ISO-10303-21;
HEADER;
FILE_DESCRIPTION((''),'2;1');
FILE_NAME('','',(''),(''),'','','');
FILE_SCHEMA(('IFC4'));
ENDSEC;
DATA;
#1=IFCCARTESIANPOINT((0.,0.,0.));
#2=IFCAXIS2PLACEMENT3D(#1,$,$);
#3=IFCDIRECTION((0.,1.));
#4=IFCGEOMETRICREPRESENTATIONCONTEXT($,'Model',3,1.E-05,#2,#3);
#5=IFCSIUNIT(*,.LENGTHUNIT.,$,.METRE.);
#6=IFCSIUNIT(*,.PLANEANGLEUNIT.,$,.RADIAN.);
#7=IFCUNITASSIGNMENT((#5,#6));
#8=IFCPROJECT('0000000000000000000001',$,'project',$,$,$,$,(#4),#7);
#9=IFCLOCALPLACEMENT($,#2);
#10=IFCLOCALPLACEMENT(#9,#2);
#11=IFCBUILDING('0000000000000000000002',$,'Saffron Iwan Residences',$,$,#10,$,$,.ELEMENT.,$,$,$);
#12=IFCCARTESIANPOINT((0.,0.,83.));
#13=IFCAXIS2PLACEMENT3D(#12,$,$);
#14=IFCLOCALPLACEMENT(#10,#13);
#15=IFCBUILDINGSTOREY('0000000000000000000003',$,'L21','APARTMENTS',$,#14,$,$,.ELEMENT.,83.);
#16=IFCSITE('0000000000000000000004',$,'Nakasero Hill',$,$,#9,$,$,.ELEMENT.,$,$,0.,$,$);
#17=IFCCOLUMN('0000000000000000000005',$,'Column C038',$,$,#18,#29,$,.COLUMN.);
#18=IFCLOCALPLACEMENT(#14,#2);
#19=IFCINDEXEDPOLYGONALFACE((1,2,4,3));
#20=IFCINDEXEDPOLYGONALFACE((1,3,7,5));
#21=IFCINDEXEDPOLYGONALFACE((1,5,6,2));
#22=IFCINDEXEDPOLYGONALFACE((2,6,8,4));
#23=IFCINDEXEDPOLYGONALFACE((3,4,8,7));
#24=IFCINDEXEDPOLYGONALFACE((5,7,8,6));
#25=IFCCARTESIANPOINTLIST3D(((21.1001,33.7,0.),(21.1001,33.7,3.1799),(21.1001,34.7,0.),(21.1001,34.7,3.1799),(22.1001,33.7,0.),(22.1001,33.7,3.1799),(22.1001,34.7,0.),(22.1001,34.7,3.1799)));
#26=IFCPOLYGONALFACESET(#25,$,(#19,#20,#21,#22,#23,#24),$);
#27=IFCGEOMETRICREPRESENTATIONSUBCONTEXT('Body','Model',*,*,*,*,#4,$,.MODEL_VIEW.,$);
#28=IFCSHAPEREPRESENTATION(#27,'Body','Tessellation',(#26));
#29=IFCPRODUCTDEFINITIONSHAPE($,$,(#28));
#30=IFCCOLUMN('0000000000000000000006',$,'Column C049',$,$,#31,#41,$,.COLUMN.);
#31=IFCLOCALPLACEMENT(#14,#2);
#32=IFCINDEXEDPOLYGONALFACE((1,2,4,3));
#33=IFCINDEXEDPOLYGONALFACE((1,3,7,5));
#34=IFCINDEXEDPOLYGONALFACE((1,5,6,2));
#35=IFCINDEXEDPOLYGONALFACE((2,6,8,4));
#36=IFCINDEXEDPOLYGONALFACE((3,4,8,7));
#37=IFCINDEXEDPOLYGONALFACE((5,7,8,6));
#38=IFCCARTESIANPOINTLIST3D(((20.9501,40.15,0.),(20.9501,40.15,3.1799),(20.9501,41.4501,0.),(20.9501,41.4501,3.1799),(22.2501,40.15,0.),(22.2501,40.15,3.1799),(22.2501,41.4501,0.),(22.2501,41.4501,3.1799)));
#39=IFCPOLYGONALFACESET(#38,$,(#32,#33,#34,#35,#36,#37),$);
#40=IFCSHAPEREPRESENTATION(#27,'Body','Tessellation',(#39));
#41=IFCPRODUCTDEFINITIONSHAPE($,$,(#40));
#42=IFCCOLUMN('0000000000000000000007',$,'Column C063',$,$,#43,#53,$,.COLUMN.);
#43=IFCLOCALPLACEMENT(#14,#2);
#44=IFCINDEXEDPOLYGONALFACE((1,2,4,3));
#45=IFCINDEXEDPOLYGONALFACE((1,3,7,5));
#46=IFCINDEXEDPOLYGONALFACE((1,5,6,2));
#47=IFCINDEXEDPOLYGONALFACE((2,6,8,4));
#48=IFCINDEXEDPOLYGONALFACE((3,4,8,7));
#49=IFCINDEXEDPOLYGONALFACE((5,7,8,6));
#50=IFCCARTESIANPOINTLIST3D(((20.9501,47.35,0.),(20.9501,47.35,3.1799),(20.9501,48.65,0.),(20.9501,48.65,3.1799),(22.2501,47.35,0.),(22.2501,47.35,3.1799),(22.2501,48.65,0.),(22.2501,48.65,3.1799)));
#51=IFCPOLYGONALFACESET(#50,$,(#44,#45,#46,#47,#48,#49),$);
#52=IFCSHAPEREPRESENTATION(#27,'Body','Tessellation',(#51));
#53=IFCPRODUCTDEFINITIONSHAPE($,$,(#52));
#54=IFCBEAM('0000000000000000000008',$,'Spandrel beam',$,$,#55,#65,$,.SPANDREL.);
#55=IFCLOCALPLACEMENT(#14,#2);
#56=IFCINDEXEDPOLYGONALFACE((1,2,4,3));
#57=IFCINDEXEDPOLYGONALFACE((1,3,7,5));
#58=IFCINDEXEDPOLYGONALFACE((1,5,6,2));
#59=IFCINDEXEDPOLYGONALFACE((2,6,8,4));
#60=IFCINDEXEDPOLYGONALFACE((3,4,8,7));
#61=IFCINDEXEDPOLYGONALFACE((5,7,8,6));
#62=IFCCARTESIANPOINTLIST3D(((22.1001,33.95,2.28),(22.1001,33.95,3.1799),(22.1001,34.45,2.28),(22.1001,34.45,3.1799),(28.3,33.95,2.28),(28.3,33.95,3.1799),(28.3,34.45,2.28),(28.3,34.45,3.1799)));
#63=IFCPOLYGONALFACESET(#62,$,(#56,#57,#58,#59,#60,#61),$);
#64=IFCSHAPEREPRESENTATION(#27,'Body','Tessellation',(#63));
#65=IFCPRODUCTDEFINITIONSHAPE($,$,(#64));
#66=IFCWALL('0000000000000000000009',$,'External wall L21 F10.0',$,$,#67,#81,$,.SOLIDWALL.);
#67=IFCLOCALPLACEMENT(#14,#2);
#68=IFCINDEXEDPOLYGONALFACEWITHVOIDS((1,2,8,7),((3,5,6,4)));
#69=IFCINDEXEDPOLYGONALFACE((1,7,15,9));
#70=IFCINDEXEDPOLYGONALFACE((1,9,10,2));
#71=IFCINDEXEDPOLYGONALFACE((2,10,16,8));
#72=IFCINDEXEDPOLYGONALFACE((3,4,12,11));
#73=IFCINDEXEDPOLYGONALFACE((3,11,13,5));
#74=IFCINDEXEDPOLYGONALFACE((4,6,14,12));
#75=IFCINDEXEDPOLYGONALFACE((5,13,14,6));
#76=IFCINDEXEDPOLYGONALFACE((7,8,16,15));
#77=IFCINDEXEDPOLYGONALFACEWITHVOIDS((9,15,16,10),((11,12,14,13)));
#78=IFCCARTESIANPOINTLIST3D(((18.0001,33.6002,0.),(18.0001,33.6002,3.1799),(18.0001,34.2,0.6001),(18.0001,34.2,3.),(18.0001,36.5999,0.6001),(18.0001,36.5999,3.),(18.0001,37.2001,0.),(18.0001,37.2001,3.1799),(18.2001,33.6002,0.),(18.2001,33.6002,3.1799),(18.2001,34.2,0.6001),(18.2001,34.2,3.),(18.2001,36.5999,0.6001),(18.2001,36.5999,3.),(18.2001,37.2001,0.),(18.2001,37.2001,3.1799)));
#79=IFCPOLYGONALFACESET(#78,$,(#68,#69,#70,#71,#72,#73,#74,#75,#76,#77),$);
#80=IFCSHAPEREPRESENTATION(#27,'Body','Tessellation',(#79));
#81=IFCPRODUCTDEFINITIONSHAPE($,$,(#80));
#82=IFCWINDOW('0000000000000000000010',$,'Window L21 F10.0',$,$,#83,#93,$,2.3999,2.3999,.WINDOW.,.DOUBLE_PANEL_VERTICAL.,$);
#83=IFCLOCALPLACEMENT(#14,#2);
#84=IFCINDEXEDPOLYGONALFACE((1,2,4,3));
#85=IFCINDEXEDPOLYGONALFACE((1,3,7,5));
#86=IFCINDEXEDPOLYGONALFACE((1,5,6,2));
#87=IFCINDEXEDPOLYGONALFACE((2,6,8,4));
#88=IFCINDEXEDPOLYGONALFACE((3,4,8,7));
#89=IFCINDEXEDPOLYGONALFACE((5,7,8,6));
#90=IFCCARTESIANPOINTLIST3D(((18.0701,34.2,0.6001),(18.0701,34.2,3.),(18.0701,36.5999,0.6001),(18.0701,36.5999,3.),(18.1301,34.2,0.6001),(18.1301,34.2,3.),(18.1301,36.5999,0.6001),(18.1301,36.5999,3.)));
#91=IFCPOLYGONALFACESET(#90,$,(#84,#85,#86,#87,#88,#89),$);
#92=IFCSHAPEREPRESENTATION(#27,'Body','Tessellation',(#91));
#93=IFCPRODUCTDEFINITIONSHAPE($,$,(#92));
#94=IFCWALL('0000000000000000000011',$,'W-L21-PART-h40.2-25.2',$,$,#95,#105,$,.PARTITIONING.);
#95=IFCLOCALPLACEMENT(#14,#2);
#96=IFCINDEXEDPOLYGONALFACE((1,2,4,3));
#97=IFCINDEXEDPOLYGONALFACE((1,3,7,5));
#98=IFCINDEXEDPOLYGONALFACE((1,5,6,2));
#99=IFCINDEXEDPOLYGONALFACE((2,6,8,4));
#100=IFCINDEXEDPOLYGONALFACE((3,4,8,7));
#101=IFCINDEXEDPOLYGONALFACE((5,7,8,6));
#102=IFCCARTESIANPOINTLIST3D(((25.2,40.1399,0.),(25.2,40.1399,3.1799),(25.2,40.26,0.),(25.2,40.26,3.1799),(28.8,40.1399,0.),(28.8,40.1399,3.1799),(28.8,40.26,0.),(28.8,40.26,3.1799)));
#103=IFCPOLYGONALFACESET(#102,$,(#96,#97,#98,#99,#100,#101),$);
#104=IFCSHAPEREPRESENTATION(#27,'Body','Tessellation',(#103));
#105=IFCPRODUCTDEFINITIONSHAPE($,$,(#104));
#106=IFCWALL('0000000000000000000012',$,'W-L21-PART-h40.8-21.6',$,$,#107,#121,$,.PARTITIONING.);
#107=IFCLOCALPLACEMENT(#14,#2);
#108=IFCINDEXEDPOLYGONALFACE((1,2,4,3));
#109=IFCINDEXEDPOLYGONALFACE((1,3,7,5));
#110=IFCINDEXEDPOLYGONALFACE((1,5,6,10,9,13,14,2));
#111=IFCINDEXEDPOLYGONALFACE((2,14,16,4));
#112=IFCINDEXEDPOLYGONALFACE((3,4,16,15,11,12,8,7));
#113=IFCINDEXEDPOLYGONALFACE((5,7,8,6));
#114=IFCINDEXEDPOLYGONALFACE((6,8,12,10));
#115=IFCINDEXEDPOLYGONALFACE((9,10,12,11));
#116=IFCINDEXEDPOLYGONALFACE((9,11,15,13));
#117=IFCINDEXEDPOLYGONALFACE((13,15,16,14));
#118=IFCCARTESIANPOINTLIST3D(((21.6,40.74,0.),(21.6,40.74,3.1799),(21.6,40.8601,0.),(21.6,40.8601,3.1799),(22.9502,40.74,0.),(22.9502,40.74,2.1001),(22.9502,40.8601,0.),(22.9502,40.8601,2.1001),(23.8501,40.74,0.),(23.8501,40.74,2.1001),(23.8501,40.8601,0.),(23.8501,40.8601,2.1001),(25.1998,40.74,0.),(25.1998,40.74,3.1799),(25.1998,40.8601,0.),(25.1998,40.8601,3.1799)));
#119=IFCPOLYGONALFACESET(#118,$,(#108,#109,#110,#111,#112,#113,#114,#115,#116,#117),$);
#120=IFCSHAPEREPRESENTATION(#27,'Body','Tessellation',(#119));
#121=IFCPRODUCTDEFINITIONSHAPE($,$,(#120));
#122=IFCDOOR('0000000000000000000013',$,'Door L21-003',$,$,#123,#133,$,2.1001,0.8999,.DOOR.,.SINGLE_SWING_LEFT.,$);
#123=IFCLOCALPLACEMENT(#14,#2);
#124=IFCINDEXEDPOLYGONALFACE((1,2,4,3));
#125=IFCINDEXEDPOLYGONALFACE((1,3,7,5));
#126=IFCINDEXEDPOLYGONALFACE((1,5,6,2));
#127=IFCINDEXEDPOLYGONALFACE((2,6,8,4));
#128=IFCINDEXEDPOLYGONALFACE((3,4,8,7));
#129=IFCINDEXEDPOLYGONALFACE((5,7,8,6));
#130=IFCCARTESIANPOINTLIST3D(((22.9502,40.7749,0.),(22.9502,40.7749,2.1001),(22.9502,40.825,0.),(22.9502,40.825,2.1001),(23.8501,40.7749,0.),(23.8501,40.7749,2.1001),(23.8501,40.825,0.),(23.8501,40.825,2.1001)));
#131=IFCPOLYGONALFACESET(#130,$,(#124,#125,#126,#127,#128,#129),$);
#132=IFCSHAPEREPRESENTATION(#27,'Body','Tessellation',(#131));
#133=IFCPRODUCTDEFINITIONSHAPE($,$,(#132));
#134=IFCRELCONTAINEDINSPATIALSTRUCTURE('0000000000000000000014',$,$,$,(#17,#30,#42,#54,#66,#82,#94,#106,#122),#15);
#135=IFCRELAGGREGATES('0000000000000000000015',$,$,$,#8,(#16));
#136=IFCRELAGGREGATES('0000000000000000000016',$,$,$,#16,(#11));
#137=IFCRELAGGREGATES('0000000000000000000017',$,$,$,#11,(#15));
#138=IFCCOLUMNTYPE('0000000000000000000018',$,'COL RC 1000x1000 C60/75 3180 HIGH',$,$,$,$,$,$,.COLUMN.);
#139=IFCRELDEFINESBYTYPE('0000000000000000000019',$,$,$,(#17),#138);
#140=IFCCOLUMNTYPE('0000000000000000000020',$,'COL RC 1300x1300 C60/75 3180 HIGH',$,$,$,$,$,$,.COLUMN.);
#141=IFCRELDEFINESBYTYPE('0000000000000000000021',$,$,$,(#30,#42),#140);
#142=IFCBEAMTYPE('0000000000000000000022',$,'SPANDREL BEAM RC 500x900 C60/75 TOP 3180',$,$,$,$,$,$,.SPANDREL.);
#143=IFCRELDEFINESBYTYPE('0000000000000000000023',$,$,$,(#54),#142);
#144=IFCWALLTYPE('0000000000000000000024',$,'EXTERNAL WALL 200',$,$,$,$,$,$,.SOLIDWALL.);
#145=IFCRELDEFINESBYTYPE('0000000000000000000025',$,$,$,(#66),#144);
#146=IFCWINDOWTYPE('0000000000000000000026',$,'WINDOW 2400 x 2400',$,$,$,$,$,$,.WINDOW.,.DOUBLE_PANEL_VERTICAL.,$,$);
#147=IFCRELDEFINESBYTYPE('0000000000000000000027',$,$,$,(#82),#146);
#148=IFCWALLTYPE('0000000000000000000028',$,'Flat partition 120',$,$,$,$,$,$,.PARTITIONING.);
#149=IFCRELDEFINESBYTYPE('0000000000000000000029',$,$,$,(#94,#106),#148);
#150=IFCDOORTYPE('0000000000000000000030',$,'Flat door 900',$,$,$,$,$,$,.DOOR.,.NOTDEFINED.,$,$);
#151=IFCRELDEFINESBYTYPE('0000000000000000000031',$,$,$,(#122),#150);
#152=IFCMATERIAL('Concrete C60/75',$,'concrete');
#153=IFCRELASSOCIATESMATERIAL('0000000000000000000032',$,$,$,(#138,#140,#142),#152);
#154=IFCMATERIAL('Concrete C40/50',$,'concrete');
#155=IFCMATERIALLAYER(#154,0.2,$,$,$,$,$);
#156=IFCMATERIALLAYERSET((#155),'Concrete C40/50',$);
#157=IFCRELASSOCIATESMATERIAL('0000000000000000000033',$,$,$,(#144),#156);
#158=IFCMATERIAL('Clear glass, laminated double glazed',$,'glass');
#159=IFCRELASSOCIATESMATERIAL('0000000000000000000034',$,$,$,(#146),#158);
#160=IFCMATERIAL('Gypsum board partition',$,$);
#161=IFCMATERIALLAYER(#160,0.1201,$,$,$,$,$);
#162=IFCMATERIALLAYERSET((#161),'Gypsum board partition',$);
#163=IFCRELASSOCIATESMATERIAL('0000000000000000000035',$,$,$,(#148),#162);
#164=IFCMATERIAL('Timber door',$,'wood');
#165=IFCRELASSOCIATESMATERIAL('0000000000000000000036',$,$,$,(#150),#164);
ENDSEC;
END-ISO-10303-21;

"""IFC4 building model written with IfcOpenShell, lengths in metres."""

from ifc_helpers import new_model, si_unit, direction, frame, frame_2d, origin, origin_2d, place, context, subcontext, project, spatial, rectangle, extrude, source, transform, mapped, material, layer, layer_set, material_profile, profile_set, type_object, element, fill, save


model = new_model("IFC4")

# Units and contexts
model_context = context("Model", 3, precision=1e-05, world=origin(), true_north=direction((0.0, 1.0)))
body_context = subcontext(model_context, "Body", "Model", "MODEL_VIEW")
ifc_project = project(units=[si_unit("LENGTHUNIT", "METRE"), si_unit("PLANEANGLEUNIT", "RADIAN")], contexts=[model_context])

# Site, building, storey
site_placement = place(None, origin())
site = spatial("IfcSite", under=ifc_project, at=site_placement, Name="Nakasero Hill", CompositionType="ELEMENT", RefElevation=0.0)
building_placement = place(site_placement, origin())
building = spatial("IfcBuilding", under=site, at=building_placement, Name="Saffron Iwan Residences", CompositionType="ELEMENT")
storey_placement = place(building_placement, frame((0.0, 0.0, 83.0)))
storey = spatial("IfcBuildingStorey", under=building, at=storey_placement, Name="L21", Description="APARTMENTS", CompositionType="ELEMENT", Elevation=83.0)

# Columns
ifc_material_1 = material(Name="Concrete C60/75", Category="concrete")
ifc_material_profile_1 = material_profile(ifc_material_1, rectangle(XDim=1.0, YDim=1.0, at=origin_2d()), Name="RC 1000x1000")
ifc_profile_set_1 = profile_set([ifc_material_profile_1], Name="Concrete C60/75")
column_type_1 = type_object("IfcColumnType", Name="COL RC 1000x1000 C60/75 3180 HIGH", PredefinedType="COLUMN", material=ifc_profile_set_1)
shared_shape_1 = source(origin(), body_context, "Body", "SweptSolid", [
    extrude(rectangle(XDim=1.0, YDim=1.0, at=origin_2d()), origin(), (0.0, 0.0, 1.0), 3.1799),
])
column_placement = place(storey_placement, frame((21.6001, 34.2, 0.0), z_axis=(0.0, 0.0, 1.0), x_axis=(1.0, 0.0, 0.0)))
element("IfcColumn", 1, at=column_placement, inside=storey, type_object=column_type_1, Name="Column C038", PredefinedType="COLUMN", context=body_context, shape_type="MappedRepresentation", body=[
    mapped(shared_shape_1, transform((0.0, 0.0, 0.0))),
])
ifc_material_profile_2 = material_profile(ifc_material_1, rectangle(XDim=1.3, YDim=1.3, at=origin_2d()), Name="RC 1300x1300")
ifc_profile_set_2 = profile_set([ifc_material_profile_2], Name="Concrete C60/75")
column_type_2 = type_object("IfcColumnType", Name="COL RC 1300x1300 C60/75 3180 HIGH", PredefinedType="COLUMN", material=ifc_profile_set_2)
shared_shape_2 = source(origin(), body_context, "Body", "SweptSolid", [
    extrude(rectangle(XDim=1.3, YDim=1.3, at=origin_2d()), origin(), (0.0, 0.0, 1.0), 3.1799),
])
for number, where, z_axis, x_axis, name in (
    (2, (21.6001, 40.8, 0.0), (0.0, 0.0, 1.0), (1.0, 0.0, 0.0), "Column C049"),
    (3, (21.6001, 48.0, 0.0), (0.0, 0.0, 1.0), (1.0, 0.0, 0.0), "Column C063"),
):
    element("IfcColumn", number, at=place(storey_placement, frame(where, z_axis=z_axis, x_axis=x_axis)), inside=storey, type_object=column_type_2, Name=name, PredefinedType="COLUMN", context=body_context, shape_type="MappedRepresentation", body=[
        mapped(shared_shape_2, transform((0.0, 0.0, 0.0))),
    ])

# Beam
ifc_material_profile_3 = material_profile(ifc_material_1, rectangle(XDim=0.5, YDim=0.8999, at=origin_2d()), Name="RC 500x900")
ifc_profile_set_3 = profile_set([ifc_material_profile_3], Name="Concrete C60/75")
beam_type = type_object("IfcBeamType", Name="SPANDREL BEAM RC 500x900 C60/75 TOP 3180", PredefinedType="SPANDREL", material=ifc_profile_set_3)
shared_shape_3 = source(origin(), body_context, "Body", "SweptSolid", [
    extrude(rectangle(XDim=0.5, YDim=0.8999, at=origin_2d()), origin(), (0.0, 0.0, 1.0), 6.2),
])
beam_placement = place(storey_placement, frame((28.3, 34.2, 2.73), z_axis=(-1.0, 0.0, 0.0), x_axis=(0.0, -1.0, 0.0)))
element("IfcBeam", 4, at=beam_placement, inside=storey, type_object=beam_type, Name="Spandrel beam", PredefinedType="SPANDREL", context=body_context, shape_type="MappedRepresentation", body=[
    mapped(shared_shape_3, transform((0.0, 0.0, 0.0))),
])

# Wall, opening, window
ifc_material_2 = material(Name="Concrete C40/50", Category="concrete")
ifc_layer_1 = layer(ifc_material_2, 0.2)
ifc_layer_set_1 = layer_set([ifc_layer_1], Name="Concrete C40/50")
wall_type_1 = type_object("IfcWallType", Name="EXTERNAL WALL 200", PredefinedType="SOLIDWALL", material=ifc_layer_set_1)
wall_1_placement = place(storey_placement, frame((18.1001, 37.2, 0.0), z_axis=(0.0, 0.0, 1.0), x_axis=(0.0, -1.0, 0.0)))
wall_1 = element("IfcWall", 5, at=wall_1_placement, inside=storey, type_object=wall_type_1, Name="External wall L21 F10.0", PredefinedType="SOLIDWALL", context=body_context, shape_type="SweptSolid", body=[
    extrude(rectangle(XDim=3.5999, YDim=0.2, at=frame_2d((1.7998, 0.0))), origin(), (0.0, 0.0, 1.0), 3.1799),
])
opening_1_placement = place(wall_1_placement, frame((0.6001, 0.0, 0.6001)))
opening_1 = element("IfcOpeningElement", 6, at=opening_1_placement, cuts=wall_1, PredefinedType="OPENING", context=body_context, shape_type="SweptSolid", body=[
    extrude(rectangle(XDim=2.3999, YDim=2.3999, at=frame_2d((1.2, 1.2))), frame((0.0, 0.1099, 0.0), z_axis=(0.0, -1.0, 0.0), x_axis=(1.0, 0.0, 0.0)), (0.0, 0.0, 1.0), 0.22),
])
ifc_material_3 = material(Name="Clear glass, laminated double glazed", Category="glass")
window_type = type_object("IfcWindowType", Name="WINDOW 2400 x 2400", PartitioningType="DOUBLE_PANEL_VERTICAL", PredefinedType="WINDOW", material=ifc_material_3)
window_placement = place(opening_1_placement, origin())
window = element("IfcWindow", 7, at=window_placement, inside=storey, type_object=window_type, Name="Window L21 F10.0", OverallHeight=2.3999, OverallWidth=2.3999, PartitioningType="DOUBLE_PANEL_VERTICAL", PredefinedType="WINDOW", context=body_context, shape_type="SweptSolid", body=[
    extrude(rectangle(XDim=2.3999, YDim=2.3999, at=frame_2d((1.2, 1.2))), frame((0.0, 0.03, 0.0), z_axis=(0.0, -1.0, 0.0), x_axis=(1.0, 0.0, 0.0)), (0.0, 0.0, 1.0), 0.0601),
])
fill(opening_1, window)

# Wall
ifc_material_4 = material(Name="Gypsum board partition")
ifc_layer_2 = layer(ifc_material_4, 0.1201)
ifc_layer_set_2 = layer_set([ifc_layer_2], Name="Gypsum board partition")
wall_type_2 = type_object("IfcWallType", Name="Flat partition 120", PredefinedType="PARTITIONING", material=ifc_layer_set_2)
wall_2_placement = place(storey_placement, frame((25.2, 40.2, 0.0), z_axis=(0.0, 0.0, 1.0), x_axis=(1.0, 0.0, 0.0)))
element("IfcWall", 8, at=wall_2_placement, inside=storey, type_object=wall_type_2, Name="W-L21-PART-h40.2-25.2", PredefinedType="PARTITIONING", context=body_context, shape_type="SweptSolid", body=[
    extrude(rectangle(XDim=3.6001, YDim=0.1201, at=frame_2d((1.8, 0.0))), origin(), (0.0, 0.0, 1.0), 3.1799),
])

# Wall, opening, door
wall_3_placement = place(storey_placement, frame((21.6001, 40.8, 0.0), z_axis=(0.0, 0.0, 1.0), x_axis=(1.0, 0.0, 0.0)))
wall_3 = element("IfcWall", 9, at=wall_3_placement, inside=storey, type_object=wall_type_2, Name="W-L21-PART-h40.8-21.6", PredefinedType="PARTITIONING", context=body_context, shape_type="SweptSolid", body=[
    extrude(rectangle(XDim=3.5999, YDim=0.1201, at=frame_2d((1.7998, 0.0))), origin(), (0.0, 0.0, 1.0), 3.1799),
])
opening_2_placement = place(wall_3_placement, frame((1.3501, 0.0, 0.0)))
opening_2 = element("IfcOpeningElement", 10, at=opening_2_placement, cuts=wall_3, PredefinedType="OPENING", context=body_context, shape_type="SweptSolid", body=[
    extrude(rectangle(XDim=0.8999, YDim=2.1001, at=frame_2d((0.45, 1.05))), frame((0.0, 0.0701, 0.0), z_axis=(0.0, -1.0, 0.0), x_axis=(1.0, 0.0, 0.0)), (0.0, 0.0, 1.0), 0.1401),
])
ifc_material_5 = material(Name="Timber door", Category="wood")
door_type_1 = type_object("IfcDoorType", Name="Flat door 900", OperationType="NOTDEFINED", PredefinedType="DOOR", material=ifc_material_5)
door_1_placement = place(opening_2_placement, origin())
door_1 = element("IfcDoor", 11, at=door_1_placement, inside=storey, type_object=door_type_1, Name="Door L21-003", OperationType="SINGLE_SWING_LEFT", OverallHeight=2.1001, OverallWidth=0.8999, PredefinedType="DOOR", context=body_context, shape_type="SweptSolid", body=[
    extrude(rectangle(XDim=0.8999, YDim=2.1001, at=frame_2d((0.45, 1.05))), frame((0.0, 0.0249, 0.0), z_axis=(0.0, -1.0, 0.0), x_axis=(1.0, 0.0, 0.0)), (0.0, 0.0, 1.0), 0.05),
])
fill(opening_2, door_1)

save(model, "model.ifc")
